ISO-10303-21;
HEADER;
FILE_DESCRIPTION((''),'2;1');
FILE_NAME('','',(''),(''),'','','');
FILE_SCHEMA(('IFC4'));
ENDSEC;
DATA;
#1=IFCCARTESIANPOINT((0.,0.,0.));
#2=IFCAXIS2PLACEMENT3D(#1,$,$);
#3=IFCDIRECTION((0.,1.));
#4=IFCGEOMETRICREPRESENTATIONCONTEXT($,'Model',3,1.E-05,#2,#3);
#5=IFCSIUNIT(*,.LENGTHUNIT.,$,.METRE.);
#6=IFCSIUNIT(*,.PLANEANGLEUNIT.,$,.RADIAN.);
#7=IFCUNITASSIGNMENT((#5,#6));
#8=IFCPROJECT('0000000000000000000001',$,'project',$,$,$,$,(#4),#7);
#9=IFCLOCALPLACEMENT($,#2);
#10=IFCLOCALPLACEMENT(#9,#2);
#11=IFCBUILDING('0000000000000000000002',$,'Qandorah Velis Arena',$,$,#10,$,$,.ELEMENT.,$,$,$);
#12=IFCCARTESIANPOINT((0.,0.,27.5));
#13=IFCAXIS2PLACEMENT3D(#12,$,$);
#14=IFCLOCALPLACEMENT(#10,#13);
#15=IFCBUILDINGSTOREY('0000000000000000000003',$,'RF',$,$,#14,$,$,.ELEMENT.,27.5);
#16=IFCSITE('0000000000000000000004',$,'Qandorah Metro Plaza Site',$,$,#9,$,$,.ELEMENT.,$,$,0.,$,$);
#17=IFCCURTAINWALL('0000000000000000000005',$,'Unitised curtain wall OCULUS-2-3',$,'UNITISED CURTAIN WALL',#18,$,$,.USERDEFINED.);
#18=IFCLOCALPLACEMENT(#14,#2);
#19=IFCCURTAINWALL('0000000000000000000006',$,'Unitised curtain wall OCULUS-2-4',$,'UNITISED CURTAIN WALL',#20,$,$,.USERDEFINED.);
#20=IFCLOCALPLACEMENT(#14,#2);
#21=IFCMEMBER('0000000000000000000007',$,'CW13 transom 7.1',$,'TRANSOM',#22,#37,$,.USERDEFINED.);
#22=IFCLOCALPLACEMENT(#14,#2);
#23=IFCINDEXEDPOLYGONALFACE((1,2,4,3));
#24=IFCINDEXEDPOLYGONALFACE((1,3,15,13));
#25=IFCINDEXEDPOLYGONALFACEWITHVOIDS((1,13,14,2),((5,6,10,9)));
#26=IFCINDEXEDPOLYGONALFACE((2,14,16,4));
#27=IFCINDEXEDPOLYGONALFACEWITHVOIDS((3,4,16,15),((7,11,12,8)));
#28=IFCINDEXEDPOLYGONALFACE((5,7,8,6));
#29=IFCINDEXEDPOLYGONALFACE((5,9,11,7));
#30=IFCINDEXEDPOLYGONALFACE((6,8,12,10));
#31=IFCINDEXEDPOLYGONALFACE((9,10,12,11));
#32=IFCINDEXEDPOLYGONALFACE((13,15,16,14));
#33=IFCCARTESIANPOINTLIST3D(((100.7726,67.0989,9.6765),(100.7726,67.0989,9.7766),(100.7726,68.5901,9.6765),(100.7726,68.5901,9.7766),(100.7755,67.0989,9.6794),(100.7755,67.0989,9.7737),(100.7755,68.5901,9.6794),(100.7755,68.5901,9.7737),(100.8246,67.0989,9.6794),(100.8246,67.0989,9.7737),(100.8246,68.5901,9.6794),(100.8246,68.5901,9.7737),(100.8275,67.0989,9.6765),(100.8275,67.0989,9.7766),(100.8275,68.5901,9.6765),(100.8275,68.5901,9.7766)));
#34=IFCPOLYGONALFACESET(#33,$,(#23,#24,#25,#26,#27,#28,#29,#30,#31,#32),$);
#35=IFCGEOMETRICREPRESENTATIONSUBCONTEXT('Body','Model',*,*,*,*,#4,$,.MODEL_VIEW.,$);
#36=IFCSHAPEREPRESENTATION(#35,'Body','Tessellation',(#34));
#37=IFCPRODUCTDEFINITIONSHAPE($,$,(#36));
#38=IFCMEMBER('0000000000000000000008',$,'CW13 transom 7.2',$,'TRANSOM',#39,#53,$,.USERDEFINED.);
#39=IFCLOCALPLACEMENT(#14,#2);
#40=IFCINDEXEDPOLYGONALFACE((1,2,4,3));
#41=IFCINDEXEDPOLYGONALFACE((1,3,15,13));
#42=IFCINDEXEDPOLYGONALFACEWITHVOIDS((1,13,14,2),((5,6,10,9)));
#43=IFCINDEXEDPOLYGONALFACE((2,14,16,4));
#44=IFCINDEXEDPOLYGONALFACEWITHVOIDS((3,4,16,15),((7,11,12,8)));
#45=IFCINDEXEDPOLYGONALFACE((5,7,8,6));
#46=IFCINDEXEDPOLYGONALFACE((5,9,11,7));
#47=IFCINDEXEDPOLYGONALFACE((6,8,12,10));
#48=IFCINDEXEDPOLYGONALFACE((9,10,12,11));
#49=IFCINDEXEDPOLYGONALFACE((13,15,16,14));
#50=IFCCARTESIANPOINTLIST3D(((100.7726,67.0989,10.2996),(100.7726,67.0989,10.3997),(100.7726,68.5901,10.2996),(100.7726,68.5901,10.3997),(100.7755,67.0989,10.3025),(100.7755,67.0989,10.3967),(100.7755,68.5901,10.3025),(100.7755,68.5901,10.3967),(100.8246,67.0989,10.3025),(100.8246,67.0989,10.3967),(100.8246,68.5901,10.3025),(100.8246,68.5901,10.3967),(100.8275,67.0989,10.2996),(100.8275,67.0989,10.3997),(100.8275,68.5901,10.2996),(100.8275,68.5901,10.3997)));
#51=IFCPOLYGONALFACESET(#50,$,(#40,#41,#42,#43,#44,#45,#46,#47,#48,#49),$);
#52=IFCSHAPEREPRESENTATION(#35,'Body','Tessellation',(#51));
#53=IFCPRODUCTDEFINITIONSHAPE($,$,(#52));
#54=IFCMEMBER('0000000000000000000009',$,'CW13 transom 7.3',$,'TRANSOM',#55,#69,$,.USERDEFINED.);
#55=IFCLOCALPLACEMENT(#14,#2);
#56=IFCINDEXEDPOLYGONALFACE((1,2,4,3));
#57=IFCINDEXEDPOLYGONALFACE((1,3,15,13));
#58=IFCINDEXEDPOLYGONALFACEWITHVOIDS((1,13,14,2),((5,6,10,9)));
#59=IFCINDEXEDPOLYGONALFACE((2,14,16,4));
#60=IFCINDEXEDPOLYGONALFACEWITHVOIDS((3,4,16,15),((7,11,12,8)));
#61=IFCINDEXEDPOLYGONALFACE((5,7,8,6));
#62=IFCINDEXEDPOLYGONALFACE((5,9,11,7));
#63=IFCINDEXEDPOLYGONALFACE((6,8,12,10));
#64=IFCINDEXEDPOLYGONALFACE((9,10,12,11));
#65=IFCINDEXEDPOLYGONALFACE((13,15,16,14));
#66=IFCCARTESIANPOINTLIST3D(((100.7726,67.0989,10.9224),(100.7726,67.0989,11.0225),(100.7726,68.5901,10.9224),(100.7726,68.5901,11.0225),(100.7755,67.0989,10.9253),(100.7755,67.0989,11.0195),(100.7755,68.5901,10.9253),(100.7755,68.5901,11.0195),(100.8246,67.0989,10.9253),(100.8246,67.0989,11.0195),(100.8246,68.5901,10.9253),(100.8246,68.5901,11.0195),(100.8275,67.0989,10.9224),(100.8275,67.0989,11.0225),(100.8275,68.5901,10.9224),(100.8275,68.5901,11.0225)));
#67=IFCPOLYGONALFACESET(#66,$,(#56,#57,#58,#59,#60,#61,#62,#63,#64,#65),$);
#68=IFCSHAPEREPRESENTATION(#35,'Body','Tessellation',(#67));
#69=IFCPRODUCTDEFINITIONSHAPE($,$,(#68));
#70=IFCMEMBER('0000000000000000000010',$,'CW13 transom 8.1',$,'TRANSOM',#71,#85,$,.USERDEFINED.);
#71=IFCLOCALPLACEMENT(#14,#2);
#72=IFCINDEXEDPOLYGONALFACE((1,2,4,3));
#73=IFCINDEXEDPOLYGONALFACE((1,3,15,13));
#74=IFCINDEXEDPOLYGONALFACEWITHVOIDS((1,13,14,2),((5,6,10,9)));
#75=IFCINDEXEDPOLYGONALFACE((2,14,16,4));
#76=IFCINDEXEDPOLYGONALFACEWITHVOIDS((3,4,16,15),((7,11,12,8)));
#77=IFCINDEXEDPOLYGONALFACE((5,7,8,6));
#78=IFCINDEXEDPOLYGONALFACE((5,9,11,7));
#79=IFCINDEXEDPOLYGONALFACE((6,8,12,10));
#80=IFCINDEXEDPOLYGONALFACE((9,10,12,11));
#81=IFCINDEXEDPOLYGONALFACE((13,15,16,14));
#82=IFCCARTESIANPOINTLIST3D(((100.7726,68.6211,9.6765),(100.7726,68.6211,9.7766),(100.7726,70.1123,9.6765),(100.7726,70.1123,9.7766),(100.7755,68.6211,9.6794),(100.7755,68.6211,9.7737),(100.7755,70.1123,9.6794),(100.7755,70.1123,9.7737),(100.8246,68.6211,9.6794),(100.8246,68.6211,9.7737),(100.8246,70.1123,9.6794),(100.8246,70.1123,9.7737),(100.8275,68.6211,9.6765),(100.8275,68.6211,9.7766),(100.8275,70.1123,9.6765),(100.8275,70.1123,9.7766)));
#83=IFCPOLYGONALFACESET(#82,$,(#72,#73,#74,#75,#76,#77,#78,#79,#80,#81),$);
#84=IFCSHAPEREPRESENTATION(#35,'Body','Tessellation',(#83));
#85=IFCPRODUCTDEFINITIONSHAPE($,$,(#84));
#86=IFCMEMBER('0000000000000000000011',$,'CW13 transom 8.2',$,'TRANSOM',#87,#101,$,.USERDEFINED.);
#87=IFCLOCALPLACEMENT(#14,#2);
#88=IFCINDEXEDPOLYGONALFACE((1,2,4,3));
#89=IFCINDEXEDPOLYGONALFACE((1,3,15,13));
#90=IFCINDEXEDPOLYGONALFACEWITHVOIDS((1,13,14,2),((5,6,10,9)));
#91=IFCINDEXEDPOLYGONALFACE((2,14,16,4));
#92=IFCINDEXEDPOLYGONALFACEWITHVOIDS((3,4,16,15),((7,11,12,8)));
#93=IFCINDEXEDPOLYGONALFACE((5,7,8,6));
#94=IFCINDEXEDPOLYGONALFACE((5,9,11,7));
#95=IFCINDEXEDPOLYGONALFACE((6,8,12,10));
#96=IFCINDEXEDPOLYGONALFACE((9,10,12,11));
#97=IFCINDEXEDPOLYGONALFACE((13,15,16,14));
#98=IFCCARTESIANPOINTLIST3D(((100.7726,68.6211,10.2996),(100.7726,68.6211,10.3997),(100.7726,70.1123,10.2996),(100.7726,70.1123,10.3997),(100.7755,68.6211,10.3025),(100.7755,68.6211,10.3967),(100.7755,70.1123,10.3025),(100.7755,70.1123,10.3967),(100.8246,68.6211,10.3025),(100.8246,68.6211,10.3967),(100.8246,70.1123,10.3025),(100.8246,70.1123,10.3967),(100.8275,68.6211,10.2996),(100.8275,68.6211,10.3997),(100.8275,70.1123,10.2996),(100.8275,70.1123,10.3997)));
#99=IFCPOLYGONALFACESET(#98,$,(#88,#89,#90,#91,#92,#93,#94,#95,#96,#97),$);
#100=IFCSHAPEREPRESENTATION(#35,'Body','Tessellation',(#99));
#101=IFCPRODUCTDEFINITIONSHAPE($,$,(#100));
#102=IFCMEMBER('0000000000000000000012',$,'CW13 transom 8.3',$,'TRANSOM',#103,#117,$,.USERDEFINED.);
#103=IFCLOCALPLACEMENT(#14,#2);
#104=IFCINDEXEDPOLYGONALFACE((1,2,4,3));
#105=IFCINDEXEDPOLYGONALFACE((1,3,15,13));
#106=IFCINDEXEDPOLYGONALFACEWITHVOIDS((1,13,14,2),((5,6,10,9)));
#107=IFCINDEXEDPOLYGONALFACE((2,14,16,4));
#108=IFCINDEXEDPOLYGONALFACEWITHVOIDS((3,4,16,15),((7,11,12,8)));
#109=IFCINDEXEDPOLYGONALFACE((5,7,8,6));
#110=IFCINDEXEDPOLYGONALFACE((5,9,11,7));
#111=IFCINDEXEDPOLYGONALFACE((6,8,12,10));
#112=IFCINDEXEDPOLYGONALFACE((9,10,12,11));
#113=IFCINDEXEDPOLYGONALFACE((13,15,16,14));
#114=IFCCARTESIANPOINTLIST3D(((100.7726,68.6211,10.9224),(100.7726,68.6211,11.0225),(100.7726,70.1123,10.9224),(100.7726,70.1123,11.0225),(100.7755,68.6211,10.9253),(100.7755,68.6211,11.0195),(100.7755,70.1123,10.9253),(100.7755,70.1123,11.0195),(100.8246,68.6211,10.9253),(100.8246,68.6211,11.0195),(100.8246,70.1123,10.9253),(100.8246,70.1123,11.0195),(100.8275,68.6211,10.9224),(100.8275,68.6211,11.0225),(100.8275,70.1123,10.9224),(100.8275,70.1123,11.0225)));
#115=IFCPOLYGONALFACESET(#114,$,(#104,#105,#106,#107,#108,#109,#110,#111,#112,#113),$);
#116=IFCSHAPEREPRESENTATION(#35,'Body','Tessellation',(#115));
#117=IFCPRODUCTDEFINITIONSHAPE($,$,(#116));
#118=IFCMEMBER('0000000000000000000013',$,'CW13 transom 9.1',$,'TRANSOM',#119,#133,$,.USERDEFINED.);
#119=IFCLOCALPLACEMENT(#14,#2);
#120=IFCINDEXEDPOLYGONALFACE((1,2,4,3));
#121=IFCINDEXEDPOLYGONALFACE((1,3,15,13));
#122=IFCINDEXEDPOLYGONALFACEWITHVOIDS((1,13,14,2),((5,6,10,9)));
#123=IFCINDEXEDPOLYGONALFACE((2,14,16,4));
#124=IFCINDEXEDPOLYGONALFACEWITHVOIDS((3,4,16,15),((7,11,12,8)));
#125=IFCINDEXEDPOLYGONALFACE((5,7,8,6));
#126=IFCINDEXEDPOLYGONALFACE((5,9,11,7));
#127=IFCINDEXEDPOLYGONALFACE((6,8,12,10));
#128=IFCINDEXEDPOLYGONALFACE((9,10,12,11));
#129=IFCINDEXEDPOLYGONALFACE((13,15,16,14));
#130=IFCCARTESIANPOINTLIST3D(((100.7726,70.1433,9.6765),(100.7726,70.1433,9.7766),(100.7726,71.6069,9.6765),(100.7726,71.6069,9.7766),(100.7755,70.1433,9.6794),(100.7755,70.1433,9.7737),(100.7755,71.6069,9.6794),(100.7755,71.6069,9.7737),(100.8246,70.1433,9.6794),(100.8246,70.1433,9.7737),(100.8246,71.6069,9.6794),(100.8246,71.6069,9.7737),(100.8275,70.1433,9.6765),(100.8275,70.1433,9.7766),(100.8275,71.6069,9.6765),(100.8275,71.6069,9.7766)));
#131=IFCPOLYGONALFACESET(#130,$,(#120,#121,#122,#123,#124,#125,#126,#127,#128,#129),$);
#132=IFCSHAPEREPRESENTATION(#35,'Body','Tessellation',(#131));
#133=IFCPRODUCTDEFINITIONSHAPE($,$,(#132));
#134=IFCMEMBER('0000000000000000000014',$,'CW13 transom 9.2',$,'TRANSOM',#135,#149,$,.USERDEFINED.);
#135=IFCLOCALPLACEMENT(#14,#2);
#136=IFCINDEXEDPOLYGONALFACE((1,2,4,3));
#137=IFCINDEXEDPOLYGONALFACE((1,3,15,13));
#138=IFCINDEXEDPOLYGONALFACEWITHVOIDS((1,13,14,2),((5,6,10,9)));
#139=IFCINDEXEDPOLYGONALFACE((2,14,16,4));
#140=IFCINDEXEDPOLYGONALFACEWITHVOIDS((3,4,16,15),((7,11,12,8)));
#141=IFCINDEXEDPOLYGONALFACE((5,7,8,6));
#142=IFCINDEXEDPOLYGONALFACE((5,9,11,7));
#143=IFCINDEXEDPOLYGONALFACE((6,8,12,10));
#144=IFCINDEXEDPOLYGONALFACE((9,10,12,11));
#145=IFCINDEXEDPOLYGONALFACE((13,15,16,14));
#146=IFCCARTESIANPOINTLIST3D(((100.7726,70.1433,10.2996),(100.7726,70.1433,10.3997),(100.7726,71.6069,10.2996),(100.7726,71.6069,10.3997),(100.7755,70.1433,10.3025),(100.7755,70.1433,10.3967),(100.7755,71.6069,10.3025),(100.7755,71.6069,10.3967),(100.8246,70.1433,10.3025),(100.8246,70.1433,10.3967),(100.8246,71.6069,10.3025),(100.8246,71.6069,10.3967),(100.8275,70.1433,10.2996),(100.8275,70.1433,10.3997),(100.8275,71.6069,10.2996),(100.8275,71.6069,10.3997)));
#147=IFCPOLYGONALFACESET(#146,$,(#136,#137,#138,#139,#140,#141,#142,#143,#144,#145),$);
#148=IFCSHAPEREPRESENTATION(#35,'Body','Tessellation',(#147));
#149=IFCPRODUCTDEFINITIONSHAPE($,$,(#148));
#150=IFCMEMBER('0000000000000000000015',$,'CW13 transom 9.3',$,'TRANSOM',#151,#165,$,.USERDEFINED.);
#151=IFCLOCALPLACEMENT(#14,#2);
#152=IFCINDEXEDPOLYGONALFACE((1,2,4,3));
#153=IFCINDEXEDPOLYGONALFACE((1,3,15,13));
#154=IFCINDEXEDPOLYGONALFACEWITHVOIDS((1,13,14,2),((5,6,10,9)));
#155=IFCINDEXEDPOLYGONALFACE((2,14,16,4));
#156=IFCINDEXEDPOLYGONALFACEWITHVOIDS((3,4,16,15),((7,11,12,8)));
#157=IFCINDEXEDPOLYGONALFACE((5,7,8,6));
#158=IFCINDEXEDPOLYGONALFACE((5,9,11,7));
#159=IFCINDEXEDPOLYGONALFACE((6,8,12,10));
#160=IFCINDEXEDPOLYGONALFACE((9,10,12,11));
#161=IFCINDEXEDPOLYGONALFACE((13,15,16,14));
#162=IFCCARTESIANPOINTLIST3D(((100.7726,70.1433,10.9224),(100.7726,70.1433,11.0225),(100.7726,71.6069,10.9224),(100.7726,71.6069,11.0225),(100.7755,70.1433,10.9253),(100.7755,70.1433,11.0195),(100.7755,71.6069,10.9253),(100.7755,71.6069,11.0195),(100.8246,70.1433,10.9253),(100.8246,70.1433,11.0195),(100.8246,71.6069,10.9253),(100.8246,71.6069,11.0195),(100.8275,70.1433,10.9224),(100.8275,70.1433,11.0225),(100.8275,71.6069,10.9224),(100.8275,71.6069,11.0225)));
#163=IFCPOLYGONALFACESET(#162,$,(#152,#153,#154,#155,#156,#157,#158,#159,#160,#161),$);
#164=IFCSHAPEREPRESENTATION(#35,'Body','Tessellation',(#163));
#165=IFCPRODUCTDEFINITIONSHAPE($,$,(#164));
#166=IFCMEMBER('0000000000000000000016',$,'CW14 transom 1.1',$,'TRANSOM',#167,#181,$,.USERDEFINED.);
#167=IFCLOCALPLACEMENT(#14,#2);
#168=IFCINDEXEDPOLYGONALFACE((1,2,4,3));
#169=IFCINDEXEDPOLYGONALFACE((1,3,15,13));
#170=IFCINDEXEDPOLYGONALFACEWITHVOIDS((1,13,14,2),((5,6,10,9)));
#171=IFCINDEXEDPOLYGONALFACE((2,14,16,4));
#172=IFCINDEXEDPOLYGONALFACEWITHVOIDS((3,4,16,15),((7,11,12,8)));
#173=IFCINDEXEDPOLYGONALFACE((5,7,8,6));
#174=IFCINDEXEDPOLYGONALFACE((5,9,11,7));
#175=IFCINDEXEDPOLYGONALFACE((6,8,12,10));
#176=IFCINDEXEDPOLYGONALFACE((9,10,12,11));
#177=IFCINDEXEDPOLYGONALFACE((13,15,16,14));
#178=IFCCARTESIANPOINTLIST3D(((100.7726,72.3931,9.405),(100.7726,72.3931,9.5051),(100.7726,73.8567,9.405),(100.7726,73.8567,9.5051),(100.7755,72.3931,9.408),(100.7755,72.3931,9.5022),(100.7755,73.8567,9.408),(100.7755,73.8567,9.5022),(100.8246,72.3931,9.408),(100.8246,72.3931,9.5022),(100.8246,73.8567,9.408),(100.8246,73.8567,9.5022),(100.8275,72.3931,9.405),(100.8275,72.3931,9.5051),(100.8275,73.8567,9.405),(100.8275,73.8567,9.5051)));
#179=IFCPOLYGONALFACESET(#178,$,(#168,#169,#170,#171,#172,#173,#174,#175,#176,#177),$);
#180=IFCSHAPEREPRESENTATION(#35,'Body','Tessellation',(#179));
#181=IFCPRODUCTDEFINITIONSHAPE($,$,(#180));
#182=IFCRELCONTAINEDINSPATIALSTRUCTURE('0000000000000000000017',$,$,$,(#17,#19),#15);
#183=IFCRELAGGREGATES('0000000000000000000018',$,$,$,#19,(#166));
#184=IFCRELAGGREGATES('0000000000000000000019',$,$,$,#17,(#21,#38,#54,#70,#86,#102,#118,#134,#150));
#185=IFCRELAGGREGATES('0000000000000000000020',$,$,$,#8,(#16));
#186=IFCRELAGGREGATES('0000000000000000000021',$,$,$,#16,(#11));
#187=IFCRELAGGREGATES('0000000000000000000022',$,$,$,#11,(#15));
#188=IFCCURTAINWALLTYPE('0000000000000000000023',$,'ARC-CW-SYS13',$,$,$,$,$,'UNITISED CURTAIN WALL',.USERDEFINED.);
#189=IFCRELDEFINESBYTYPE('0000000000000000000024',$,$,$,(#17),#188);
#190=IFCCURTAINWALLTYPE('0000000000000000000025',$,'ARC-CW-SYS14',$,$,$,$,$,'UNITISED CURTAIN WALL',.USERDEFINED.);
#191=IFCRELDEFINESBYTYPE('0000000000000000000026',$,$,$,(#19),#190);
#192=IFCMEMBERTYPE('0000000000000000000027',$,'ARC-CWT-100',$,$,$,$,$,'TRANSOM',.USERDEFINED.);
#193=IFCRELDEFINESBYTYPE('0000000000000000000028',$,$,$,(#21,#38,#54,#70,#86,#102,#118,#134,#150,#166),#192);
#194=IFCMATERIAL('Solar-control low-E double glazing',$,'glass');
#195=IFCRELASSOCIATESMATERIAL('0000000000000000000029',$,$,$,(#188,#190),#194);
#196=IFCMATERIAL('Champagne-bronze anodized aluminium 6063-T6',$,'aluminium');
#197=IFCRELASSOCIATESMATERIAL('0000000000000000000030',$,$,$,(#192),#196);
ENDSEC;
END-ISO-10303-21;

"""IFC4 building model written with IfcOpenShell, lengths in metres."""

from ifc_helpers import new_model, si_unit, direction, frame, origin, origin_2d, place, context, subcontext, project, spatial, hollow_rectangle, extrude, material, material_profile, profile_set, type_object, element, aggregate, save


model = new_model("IFC4")

# Units and contexts
model_context = context("Model", 3, precision=1e-05, world=origin(), true_north=direction((0.0, 1.0)))
body_context = subcontext(model_context, "Body", "Model", "MODEL_VIEW")
ifc_project = project(units=[si_unit("LENGTHUNIT", "METRE"), si_unit("PLANEANGLEUNIT", "RADIAN")], contexts=[model_context])

# Site, building, storey
site_placement = place(None, origin())
site = spatial("IfcSite", under=ifc_project, at=site_placement, Name="Qandorah Metro Plaza Site", CompositionType="ELEMENT", RefElevation=0.0)
building_placement = place(site_placement, origin())
building = spatial("IfcBuilding", under=site, at=building_placement, Name="Qandorah Velis Arena", CompositionType="ELEMENT")
storey_placement = place(building_placement, frame((0.0, 0.0, 27.5)))
storey = spatial("IfcBuildingStorey", under=building, at=storey_placement, Name="RF", CompositionType="ELEMENT", Elevation=27.5)

# Shared definitions
ifc_material_1 = material(Name="Solar-control low-E double glazing", Category="glass")
ifc_material_2 = material(Name="Champagne-bronze anodized aluminium 6063-T6", Category="aluminium")

# Curtain wall
curtain_wall_type_1 = type_object("IfcCurtainWallType", Name="ARC-CW-SYS13", ElementType="UNITISED CURTAIN WALL", PredefinedType="USERDEFINED", material=ifc_material_1)
curtain_wall_1_placement = place(storey_placement, origin())
curtain_wall_1 = element("IfcCurtainWall", 1, at=curtain_wall_1_placement, inside=storey, type_object=curtain_wall_type_1, Name="Unitised curtain wall OCULUS-2-3", ObjectType="UNITISED CURTAIN WALL", PredefinedType="USERDEFINED")

# Curtain wall
curtain_wall_type_2 = type_object("IfcCurtainWallType", Name="ARC-CW-SYS14", ElementType="UNITISED CURTAIN WALL", PredefinedType="USERDEFINED", material=ifc_material_1)
curtain_wall_2_placement = place(storey_placement, origin())
curtain_wall_2 = element("IfcCurtainWall", 2, at=curtain_wall_2_placement, inside=storey, type_object=curtain_wall_type_2, Name="Unitised curtain wall OCULUS-2-4", ObjectType="UNITISED CURTAIN WALL", PredefinedType="USERDEFINED")

# Members
ifc_material_profile_1 = material_profile(ifc_material_2, hollow_rectangle(XDim=0.0549, YDim=0.1001, WallThickness=0.0029, at=origin_2d()), Name="ALU TRANSOM 55x100")
ifc_profile_set_1 = profile_set([ifc_material_profile_1], Name="Champagne-bronze anodized aluminium 6063-T6")
member_type_1 = type_object("IfcMemberType", Name="ARC-CWT-100", ElementType="TRANSOM", PredefinedType="USERDEFINED", material=ifc_profile_set_1)
member_1_placement = place(storey_placement, frame((100.8, 67.0989, 9.7266), z_axis=(0.0, 1.0, 0.0), x_axis=(-1.0, 0.0, 0.0)))
member_1 = element("IfcMember", 3, at=member_1_placement, type_object=member_type_1, Name="CW13 transom 7.1", ObjectType="TRANSOM", PredefinedType="USERDEFINED", context=body_context, shape_type="SweptSolid", body=[
    extrude(hollow_rectangle(XDim=0.0549, YDim=0.1001, WallThickness=0.0029, at=origin_2d()), origin(), (0.0, 0.0, 1.0), 1.4912),
])
member_2_placement = place(storey_placement, frame((100.8, 67.0989, 10.3496), z_axis=(0.0, 1.0, 0.0), x_axis=(-1.0, 0.0, 0.0)))
member_2 = element("IfcMember", 4, at=member_2_placement, type_object=member_type_1, Name="CW13 transom 7.2", ObjectType="TRANSOM", PredefinedType="USERDEFINED", context=body_context, shape_type="SweptSolid", body=[
    extrude(hollow_rectangle(XDim=0.0549, YDim=0.1001, WallThickness=0.0029, at=origin_2d()), origin(), (0.0, 0.0, 1.0), 1.4912),
])
member_3_placement = place(storey_placement, frame((100.8, 67.0989, 10.9724), z_axis=(0.0, 1.0, 0.0), x_axis=(-1.0, 0.0, 0.0)))
member_3 = element("IfcMember", 5, at=member_3_placement, type_object=member_type_1, Name="CW13 transom 7.3", ObjectType="TRANSOM", PredefinedType="USERDEFINED", context=body_context, shape_type="SweptSolid", body=[
    extrude(hollow_rectangle(XDim=0.0549, YDim=0.1001, WallThickness=0.0029, at=origin_2d()), origin(), (0.0, 0.0, 1.0), 1.4912),
])
member_4_placement = place(storey_placement, frame((100.8, 68.6211, 9.7266), z_axis=(0.0, 1.0, 0.0), x_axis=(-1.0, 0.0, 0.0)))
member_4 = element("IfcMember", 6, at=member_4_placement, type_object=member_type_1, Name="CW13 transom 8.1", ObjectType="TRANSOM", PredefinedType="USERDEFINED", context=body_context, shape_type="SweptSolid", body=[
    extrude(hollow_rectangle(XDim=0.0549, YDim=0.1001, WallThickness=0.0029, at=origin_2d()), origin(), (0.0, 0.0, 1.0), 1.4912),
])
member_5_placement = place(storey_placement, frame((100.8, 68.6211, 10.3496), z_axis=(0.0, 1.0, 0.0), x_axis=(-1.0, 0.0, 0.0)))
member_5 = element("IfcMember", 7, at=member_5_placement, type_object=member_type_1, Name="CW13 transom 8.2", ObjectType="TRANSOM", PredefinedType="USERDEFINED", context=body_context, shape_type="SweptSolid", body=[
    extrude(hollow_rectangle(XDim=0.0549, YDim=0.1001, WallThickness=0.0029, at=origin_2d()), origin(), (0.0, 0.0, 1.0), 1.4912),
])
member_6_placement = place(storey_placement, frame((100.8, 68.6211, 10.9724), z_axis=(0.0, 1.0, 0.0), x_axis=(-1.0, 0.0, 0.0)))
member_6 = element("IfcMember", 8, at=member_6_placement, type_object=member_type_1, Name="CW13 transom 8.3", ObjectType="TRANSOM", PredefinedType="USERDEFINED", context=body_context, shape_type="SweptSolid", body=[
    extrude(hollow_rectangle(XDim=0.0549, YDim=0.1001, WallThickness=0.0029, at=origin_2d()), origin(), (0.0, 0.0, 1.0), 1.4912),
])
member_7_placement = place(storey_placement, frame((100.8, 70.1433, 9.7266), z_axis=(0.0, 1.0, 0.0), x_axis=(-1.0, 0.0, 0.0)))
member_7 = element("IfcMember", 9, at=member_7_placement, type_object=member_type_1, Name="CW13 transom 9.1", ObjectType="TRANSOM", PredefinedType="USERDEFINED", context=body_context, shape_type="SweptSolid", body=[
    extrude(hollow_rectangle(XDim=0.0549, YDim=0.1001, WallThickness=0.0029, at=origin_2d()), origin(), (0.0, 0.0, 1.0), 1.4636),
])
member_8_placement = place(storey_placement, frame((100.8, 70.1433, 10.3496), z_axis=(0.0, 1.0, 0.0), x_axis=(-1.0, 0.0, 0.0)))
member_8 = element("IfcMember", 10, at=member_8_placement, type_object=member_type_1, Name="CW13 transom 9.2", ObjectType="TRANSOM", PredefinedType="USERDEFINED", context=body_context, shape_type="SweptSolid", body=[
    extrude(hollow_rectangle(XDim=0.0549, YDim=0.1001, WallThickness=0.0029, at=origin_2d()), origin(), (0.0, 0.0, 1.0), 1.4636),
])
member_9_placement = place(storey_placement, frame((100.8, 70.1433, 10.9724), z_axis=(0.0, 1.0, 0.0), x_axis=(-1.0, 0.0, 0.0)))
member_9 = element("IfcMember", 11, at=member_9_placement, type_object=member_type_1, Name="CW13 transom 9.3", ObjectType="TRANSOM", PredefinedType="USERDEFINED", context=body_context, shape_type="SweptSolid", body=[
    extrude(hollow_rectangle(XDim=0.0549, YDim=0.1001, WallThickness=0.0029, at=origin_2d()), origin(), (0.0, 0.0, 1.0), 1.4636),
])
member_10_placement = place(storey_placement, frame((100.8, 72.3931, 9.4551), z_axis=(0.0, 1.0, 0.0), x_axis=(-1.0, 0.0, 0.0)))
member_10 = element("IfcMember", 12, at=member_10_placement, type_object=member_type_1, Name="CW14 transom 1.1", ObjectType="TRANSOM", PredefinedType="USERDEFINED", context=body_context, shape_type="SweptSolid", body=[
    extrude(hollow_rectangle(XDim=0.0549, YDim=0.1001, WallThickness=0.0029, at=origin_2d()), origin(), (0.0, 0.0, 1.0), 1.4636),
])
aggregate(curtain_wall_2, [member_10])

aggregate(curtain_wall_1, [member_1, member_2, member_3, member_4, member_5, member_6, member_7, member_8, member_9])

save(model, "model.ifc")
